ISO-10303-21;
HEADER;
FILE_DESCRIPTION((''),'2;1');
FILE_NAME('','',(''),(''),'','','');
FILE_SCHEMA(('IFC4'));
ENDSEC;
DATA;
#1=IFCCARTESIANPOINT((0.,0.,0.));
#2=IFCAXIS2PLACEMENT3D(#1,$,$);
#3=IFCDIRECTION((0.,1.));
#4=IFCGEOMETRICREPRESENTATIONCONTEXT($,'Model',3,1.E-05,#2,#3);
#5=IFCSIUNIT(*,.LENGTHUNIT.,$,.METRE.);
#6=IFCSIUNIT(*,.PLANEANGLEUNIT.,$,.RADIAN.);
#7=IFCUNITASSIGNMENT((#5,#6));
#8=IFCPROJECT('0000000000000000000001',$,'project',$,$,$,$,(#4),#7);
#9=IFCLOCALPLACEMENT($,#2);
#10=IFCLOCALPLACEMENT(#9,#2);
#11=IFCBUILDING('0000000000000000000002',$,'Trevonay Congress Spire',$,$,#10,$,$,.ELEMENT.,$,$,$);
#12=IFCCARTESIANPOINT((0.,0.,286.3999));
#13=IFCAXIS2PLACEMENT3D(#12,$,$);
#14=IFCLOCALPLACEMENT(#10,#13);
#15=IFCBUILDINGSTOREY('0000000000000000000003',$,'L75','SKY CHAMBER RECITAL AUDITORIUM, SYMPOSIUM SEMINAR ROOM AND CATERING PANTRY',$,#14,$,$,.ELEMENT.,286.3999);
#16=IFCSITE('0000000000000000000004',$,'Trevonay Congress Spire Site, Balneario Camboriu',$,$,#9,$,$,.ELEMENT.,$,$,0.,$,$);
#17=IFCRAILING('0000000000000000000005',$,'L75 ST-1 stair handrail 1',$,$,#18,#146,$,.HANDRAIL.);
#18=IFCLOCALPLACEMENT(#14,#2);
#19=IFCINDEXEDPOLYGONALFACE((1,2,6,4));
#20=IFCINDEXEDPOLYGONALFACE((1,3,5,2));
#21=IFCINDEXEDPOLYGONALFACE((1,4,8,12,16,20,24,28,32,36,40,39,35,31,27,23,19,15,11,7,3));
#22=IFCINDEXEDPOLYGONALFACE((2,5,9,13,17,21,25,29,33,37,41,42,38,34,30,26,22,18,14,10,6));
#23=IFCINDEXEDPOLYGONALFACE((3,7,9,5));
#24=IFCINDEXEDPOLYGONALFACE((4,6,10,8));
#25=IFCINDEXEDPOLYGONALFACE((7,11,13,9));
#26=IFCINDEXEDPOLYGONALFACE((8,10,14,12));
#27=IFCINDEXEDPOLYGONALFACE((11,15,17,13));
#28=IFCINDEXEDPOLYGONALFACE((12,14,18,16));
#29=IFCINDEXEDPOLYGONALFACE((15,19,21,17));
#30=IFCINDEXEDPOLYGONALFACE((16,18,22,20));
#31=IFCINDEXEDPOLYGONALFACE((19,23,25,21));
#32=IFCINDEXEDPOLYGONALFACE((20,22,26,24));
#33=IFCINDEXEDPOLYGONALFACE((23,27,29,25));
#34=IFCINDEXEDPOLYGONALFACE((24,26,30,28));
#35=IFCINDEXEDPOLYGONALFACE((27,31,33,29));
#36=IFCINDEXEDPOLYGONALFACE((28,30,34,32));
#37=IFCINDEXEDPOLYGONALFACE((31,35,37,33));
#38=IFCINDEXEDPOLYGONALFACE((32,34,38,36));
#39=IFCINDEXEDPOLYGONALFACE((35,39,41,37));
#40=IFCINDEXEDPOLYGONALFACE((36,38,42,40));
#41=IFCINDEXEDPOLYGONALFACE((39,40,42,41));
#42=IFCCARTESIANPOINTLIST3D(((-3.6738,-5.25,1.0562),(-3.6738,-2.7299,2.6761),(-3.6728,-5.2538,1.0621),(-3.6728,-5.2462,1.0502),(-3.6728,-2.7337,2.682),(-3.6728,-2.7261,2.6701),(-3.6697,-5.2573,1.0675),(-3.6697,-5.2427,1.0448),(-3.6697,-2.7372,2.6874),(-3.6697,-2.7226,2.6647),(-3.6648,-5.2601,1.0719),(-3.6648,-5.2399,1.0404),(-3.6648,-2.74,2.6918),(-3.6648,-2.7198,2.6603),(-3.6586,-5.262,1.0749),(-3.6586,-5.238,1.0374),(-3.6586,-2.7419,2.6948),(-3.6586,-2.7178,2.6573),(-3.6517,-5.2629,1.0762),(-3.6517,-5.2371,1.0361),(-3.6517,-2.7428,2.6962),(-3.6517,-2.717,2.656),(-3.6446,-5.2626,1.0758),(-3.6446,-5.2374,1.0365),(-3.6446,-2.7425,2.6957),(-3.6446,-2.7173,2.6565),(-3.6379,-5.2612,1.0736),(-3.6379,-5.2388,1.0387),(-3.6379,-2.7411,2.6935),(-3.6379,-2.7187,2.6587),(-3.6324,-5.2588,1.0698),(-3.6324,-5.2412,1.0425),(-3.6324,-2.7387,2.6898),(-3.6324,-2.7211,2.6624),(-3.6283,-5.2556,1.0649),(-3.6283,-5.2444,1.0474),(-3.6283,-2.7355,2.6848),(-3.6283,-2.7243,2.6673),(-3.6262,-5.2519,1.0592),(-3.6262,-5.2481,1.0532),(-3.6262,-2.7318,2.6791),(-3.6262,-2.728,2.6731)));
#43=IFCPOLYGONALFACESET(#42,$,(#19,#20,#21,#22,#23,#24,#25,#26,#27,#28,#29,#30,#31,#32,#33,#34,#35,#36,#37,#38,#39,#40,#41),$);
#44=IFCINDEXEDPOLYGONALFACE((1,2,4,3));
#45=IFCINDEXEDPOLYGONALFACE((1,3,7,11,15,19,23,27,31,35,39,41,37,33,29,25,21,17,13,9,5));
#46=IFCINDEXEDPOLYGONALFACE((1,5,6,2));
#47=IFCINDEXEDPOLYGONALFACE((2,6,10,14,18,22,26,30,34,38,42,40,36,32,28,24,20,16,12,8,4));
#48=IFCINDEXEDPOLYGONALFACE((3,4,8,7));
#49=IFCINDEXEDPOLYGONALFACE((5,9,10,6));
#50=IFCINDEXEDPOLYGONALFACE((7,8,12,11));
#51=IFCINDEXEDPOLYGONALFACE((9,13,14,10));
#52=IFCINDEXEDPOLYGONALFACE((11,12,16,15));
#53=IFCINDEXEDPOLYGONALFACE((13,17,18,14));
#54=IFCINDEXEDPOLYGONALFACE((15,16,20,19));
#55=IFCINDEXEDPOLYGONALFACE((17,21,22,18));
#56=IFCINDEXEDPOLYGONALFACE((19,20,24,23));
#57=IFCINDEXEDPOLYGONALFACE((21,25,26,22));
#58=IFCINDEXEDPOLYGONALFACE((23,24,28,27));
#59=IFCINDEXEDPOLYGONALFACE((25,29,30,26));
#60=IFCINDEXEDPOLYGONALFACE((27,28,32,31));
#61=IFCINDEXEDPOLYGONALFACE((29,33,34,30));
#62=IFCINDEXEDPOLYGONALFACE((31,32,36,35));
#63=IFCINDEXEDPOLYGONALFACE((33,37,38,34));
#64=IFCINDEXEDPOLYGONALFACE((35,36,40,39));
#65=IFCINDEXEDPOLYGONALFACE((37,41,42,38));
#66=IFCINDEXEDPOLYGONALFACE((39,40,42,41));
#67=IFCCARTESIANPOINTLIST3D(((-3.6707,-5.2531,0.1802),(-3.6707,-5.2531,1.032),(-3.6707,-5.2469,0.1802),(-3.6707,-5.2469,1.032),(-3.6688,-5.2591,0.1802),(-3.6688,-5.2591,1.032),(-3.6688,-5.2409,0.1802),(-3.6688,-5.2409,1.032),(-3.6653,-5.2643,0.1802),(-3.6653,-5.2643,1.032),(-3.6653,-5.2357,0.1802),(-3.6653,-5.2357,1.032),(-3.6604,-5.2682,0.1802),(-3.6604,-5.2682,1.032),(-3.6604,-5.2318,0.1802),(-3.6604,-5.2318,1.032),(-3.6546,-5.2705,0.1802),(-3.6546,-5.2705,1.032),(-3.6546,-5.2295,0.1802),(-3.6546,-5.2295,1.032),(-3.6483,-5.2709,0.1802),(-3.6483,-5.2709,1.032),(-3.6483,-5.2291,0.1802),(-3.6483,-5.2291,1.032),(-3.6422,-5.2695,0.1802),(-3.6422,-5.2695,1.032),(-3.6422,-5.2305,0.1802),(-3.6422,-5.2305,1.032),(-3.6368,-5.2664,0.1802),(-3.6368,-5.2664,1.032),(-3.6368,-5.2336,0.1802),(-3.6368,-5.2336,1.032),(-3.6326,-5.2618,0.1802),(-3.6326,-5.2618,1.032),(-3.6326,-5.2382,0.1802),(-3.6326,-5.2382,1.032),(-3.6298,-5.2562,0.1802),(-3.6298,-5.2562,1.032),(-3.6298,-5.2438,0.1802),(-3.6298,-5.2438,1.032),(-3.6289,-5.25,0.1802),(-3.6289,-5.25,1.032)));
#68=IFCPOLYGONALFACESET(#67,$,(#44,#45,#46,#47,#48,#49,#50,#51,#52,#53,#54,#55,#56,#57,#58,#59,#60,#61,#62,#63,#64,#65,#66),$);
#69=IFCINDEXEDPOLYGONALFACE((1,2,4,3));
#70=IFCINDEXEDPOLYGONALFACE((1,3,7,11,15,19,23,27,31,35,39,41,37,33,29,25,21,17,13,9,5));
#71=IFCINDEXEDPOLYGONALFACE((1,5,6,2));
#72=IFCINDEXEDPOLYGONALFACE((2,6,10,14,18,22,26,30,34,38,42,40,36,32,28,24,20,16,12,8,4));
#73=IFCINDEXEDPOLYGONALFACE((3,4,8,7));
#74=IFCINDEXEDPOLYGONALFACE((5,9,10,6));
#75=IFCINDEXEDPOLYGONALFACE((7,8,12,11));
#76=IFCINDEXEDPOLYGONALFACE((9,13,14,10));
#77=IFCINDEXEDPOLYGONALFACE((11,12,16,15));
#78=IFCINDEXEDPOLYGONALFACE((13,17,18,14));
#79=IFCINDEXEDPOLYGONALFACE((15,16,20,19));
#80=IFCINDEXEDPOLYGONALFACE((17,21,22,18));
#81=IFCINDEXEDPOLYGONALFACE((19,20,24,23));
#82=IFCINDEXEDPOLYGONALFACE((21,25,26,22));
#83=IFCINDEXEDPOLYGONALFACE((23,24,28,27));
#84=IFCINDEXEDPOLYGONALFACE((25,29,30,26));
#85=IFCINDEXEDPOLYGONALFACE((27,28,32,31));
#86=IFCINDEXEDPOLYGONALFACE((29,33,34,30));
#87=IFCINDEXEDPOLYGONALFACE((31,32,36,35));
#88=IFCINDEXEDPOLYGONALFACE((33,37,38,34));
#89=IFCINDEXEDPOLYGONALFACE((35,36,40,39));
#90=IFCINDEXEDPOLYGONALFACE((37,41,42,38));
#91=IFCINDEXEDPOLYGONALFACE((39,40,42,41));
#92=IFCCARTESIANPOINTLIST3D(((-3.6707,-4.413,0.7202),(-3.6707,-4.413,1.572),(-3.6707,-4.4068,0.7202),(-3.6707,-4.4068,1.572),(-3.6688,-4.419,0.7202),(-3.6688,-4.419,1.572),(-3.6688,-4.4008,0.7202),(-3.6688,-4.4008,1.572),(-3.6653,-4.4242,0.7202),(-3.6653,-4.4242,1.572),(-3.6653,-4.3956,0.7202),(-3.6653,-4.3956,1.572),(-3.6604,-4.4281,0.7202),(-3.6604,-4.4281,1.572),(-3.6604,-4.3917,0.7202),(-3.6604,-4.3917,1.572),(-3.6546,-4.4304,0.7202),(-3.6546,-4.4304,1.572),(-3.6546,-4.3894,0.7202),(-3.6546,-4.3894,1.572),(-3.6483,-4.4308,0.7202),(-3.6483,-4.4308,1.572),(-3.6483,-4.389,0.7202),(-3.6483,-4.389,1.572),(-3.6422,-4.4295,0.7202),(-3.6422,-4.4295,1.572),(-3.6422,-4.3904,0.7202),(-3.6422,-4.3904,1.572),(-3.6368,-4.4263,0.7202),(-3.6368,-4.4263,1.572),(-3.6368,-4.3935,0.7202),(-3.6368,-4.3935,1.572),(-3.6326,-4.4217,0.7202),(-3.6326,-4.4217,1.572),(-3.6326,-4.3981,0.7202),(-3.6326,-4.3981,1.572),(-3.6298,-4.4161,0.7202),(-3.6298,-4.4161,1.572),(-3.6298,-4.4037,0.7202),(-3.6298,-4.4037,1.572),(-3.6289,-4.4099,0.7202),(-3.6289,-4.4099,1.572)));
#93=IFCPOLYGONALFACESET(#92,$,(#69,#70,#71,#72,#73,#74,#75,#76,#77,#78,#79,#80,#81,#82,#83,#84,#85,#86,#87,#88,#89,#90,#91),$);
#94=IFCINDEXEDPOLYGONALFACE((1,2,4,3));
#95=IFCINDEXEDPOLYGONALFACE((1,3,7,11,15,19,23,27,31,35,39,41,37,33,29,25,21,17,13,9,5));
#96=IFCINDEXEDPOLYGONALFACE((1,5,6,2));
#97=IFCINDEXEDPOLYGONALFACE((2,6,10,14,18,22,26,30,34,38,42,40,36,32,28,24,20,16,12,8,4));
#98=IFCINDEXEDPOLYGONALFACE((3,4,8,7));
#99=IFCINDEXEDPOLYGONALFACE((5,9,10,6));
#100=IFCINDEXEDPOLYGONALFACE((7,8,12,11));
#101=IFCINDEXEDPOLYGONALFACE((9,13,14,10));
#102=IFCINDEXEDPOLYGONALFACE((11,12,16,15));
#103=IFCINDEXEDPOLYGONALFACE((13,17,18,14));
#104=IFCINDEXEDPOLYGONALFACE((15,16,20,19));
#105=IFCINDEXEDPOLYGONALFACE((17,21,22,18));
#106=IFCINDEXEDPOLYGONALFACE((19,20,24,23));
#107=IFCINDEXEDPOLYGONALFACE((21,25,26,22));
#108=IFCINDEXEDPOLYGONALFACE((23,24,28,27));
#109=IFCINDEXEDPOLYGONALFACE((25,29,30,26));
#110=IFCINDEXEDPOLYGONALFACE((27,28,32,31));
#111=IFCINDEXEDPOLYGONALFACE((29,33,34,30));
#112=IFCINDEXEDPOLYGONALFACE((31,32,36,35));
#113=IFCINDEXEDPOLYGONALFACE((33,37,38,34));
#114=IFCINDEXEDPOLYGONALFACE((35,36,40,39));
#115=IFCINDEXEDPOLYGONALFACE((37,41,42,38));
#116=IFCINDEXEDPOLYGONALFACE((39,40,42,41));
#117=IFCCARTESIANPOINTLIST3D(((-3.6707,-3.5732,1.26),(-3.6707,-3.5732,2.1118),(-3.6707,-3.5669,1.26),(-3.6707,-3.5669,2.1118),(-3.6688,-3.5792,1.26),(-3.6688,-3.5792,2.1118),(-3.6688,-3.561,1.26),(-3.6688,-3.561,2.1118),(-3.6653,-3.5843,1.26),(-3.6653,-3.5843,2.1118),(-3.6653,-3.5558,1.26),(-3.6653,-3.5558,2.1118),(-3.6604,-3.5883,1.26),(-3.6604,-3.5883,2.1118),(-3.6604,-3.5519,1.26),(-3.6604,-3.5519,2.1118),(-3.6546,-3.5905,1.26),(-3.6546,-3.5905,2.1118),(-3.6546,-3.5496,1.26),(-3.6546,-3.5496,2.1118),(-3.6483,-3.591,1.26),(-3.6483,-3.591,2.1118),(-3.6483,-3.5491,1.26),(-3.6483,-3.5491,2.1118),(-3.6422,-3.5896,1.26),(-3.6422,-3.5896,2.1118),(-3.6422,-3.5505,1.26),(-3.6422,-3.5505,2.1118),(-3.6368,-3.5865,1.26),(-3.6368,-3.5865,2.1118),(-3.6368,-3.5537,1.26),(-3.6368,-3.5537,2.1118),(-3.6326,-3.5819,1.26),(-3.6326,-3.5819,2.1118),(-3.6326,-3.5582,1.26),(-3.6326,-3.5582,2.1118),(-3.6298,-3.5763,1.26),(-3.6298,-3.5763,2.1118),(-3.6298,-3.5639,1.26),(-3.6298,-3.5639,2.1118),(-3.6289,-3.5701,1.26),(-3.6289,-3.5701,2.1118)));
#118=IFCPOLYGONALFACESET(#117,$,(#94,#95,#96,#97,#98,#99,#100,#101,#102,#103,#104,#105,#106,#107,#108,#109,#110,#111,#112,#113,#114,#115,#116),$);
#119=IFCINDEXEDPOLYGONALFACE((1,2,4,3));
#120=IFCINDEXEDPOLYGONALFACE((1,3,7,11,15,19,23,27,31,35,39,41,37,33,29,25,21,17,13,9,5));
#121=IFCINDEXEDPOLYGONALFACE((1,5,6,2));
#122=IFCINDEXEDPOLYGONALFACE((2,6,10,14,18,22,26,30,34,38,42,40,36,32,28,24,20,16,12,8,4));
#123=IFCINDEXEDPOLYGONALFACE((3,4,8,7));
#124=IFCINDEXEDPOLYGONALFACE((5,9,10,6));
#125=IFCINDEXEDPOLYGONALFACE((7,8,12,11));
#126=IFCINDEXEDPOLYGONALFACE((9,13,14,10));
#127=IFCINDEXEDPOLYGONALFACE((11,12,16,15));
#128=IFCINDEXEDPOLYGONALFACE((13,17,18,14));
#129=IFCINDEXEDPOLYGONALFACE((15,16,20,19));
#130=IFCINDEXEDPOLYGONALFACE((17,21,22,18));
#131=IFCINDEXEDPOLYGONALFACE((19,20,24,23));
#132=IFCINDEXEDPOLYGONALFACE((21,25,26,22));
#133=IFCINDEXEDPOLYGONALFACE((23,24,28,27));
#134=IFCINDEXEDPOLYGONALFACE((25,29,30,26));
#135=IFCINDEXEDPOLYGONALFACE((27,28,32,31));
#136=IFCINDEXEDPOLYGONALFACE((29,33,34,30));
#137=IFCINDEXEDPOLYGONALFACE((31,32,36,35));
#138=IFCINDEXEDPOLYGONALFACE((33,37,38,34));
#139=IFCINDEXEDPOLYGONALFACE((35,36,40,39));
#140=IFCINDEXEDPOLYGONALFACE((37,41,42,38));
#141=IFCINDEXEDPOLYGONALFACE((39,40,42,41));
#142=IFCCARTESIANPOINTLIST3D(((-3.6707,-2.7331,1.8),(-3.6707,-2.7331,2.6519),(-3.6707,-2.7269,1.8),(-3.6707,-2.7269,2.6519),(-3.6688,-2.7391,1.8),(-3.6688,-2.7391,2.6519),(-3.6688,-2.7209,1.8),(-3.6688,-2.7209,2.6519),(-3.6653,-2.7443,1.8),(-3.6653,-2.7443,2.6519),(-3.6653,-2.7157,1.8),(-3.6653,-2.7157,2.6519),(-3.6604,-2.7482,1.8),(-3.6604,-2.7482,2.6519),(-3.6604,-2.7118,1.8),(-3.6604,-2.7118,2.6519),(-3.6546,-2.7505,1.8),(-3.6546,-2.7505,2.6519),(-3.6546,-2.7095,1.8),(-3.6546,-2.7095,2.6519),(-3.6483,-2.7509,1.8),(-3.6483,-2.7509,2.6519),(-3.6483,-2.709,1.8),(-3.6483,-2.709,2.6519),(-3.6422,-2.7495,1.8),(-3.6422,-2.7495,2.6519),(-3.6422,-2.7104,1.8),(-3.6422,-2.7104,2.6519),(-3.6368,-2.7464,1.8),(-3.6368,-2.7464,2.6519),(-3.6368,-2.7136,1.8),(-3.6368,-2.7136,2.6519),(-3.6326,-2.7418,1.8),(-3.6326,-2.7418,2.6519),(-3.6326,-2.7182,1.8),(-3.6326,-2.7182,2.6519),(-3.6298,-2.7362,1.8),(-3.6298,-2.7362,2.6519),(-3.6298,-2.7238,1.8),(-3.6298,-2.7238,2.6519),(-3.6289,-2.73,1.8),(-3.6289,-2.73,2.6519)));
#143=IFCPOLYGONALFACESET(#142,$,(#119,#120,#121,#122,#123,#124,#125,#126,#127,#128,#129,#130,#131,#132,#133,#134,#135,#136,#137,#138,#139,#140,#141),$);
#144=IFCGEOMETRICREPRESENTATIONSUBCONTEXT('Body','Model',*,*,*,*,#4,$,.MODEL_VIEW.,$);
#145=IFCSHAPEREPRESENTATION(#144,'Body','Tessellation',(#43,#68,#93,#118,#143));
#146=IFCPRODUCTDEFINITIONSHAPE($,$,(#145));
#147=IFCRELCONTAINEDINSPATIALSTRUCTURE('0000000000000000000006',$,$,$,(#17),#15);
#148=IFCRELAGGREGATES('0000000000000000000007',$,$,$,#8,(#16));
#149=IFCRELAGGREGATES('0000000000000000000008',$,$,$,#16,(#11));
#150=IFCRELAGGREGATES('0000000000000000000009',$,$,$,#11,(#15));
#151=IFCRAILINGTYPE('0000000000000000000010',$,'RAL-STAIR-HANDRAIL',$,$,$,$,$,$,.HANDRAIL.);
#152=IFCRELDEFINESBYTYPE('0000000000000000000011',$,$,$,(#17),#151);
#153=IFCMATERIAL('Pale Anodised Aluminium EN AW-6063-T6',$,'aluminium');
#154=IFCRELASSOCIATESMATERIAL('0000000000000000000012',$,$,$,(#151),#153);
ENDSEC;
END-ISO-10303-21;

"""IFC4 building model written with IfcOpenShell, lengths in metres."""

from ifc_helpers import new_model, si_unit, direction, frame, origin, origin_2d, place, context, subcontext, project, spatial, circle, extrude, material, type_object, element, save


model = new_model("IFC4")

# Units and contexts
model_context = context("Model", 3, precision=1e-05, world=origin(), true_north=direction((0.0, 1.0)))
body_context = subcontext(model_context, "Body", "Model", "MODEL_VIEW")
ifc_project = project(units=[si_unit("LENGTHUNIT", "METRE"), si_unit("PLANEANGLEUNIT", "RADIAN")], contexts=[model_context])

# Site, building, storey
site_placement = place(None, origin())
site = spatial("IfcSite", under=ifc_project, at=site_placement, Name="Trevonay Congress Spire Site, Balneario Camboriu", CompositionType="ELEMENT", RefElevation=0.0)
building_placement = place(site_placement, origin())
building = spatial("IfcBuilding", under=site, at=building_placement, Name="Trevonay Congress Spire", CompositionType="ELEMENT")
storey_placement = place(building_placement, frame((0.0, 0.0, 286.3999)))
storey = spatial("IfcBuildingStorey", under=building, at=storey_placement, Name="L75", Description="SKY CHAMBER RECITAL AUDITORIUM, SYMPOSIUM SEMINAR ROOM AND CATERING PANTRY", CompositionType="ELEMENT", Elevation=286.3999)

# Railing
ifc_material_1 = material(Name="Pale Anodised Aluminium EN AW-6063-T6", Category="aluminium")
railing_type_1 = type_object("IfcRailingType", Name="RAL-STAIR-HANDRAIL", PredefinedType="HANDRAIL", material=ifc_material_1)
railing_1_placement = place(storey_placement, frame((-3.6499, -5.25, 0.1802)))
element("IfcRailing", 1, at=railing_1_placement, inside=storey, type_object=railing_type_1, Name="L75 ST-1 stair handrail 1", PredefinedType="HANDRAIL", context=body_context, shape_type="SweptSolid", body=[
    extrude(circle(Radius=0.0239, at=origin_2d()), frame((0.0, 0.0, 0.876), z_axis=(0.0, 0.8412, 0.540725), x_axis=(-1.0, 0.0, 0.0)), (0.0, 0.0, 1.0), 2.9958),
    extrude(circle(Radius=0.021, at=origin_2d()), origin(), (0.0, 0.0, 1.0), 0.8518),
    extrude(circle(Radius=0.021, at=origin_2d()), frame((0.0, 0.8401, 0.54)), (0.0, 0.0, 1.0), 0.8518),
    extrude(circle(Radius=0.021, at=origin_2d()), frame((0.0, 1.6799, 1.0798)), (0.0, 0.0, 1.0), 0.8518),
    extrude(circle(Radius=0.021, at=origin_2d()), frame((0.0, 2.52, 1.6199)), (0.0, 0.0, 1.0), 0.8518),
])

save(model, "model.ifc")
